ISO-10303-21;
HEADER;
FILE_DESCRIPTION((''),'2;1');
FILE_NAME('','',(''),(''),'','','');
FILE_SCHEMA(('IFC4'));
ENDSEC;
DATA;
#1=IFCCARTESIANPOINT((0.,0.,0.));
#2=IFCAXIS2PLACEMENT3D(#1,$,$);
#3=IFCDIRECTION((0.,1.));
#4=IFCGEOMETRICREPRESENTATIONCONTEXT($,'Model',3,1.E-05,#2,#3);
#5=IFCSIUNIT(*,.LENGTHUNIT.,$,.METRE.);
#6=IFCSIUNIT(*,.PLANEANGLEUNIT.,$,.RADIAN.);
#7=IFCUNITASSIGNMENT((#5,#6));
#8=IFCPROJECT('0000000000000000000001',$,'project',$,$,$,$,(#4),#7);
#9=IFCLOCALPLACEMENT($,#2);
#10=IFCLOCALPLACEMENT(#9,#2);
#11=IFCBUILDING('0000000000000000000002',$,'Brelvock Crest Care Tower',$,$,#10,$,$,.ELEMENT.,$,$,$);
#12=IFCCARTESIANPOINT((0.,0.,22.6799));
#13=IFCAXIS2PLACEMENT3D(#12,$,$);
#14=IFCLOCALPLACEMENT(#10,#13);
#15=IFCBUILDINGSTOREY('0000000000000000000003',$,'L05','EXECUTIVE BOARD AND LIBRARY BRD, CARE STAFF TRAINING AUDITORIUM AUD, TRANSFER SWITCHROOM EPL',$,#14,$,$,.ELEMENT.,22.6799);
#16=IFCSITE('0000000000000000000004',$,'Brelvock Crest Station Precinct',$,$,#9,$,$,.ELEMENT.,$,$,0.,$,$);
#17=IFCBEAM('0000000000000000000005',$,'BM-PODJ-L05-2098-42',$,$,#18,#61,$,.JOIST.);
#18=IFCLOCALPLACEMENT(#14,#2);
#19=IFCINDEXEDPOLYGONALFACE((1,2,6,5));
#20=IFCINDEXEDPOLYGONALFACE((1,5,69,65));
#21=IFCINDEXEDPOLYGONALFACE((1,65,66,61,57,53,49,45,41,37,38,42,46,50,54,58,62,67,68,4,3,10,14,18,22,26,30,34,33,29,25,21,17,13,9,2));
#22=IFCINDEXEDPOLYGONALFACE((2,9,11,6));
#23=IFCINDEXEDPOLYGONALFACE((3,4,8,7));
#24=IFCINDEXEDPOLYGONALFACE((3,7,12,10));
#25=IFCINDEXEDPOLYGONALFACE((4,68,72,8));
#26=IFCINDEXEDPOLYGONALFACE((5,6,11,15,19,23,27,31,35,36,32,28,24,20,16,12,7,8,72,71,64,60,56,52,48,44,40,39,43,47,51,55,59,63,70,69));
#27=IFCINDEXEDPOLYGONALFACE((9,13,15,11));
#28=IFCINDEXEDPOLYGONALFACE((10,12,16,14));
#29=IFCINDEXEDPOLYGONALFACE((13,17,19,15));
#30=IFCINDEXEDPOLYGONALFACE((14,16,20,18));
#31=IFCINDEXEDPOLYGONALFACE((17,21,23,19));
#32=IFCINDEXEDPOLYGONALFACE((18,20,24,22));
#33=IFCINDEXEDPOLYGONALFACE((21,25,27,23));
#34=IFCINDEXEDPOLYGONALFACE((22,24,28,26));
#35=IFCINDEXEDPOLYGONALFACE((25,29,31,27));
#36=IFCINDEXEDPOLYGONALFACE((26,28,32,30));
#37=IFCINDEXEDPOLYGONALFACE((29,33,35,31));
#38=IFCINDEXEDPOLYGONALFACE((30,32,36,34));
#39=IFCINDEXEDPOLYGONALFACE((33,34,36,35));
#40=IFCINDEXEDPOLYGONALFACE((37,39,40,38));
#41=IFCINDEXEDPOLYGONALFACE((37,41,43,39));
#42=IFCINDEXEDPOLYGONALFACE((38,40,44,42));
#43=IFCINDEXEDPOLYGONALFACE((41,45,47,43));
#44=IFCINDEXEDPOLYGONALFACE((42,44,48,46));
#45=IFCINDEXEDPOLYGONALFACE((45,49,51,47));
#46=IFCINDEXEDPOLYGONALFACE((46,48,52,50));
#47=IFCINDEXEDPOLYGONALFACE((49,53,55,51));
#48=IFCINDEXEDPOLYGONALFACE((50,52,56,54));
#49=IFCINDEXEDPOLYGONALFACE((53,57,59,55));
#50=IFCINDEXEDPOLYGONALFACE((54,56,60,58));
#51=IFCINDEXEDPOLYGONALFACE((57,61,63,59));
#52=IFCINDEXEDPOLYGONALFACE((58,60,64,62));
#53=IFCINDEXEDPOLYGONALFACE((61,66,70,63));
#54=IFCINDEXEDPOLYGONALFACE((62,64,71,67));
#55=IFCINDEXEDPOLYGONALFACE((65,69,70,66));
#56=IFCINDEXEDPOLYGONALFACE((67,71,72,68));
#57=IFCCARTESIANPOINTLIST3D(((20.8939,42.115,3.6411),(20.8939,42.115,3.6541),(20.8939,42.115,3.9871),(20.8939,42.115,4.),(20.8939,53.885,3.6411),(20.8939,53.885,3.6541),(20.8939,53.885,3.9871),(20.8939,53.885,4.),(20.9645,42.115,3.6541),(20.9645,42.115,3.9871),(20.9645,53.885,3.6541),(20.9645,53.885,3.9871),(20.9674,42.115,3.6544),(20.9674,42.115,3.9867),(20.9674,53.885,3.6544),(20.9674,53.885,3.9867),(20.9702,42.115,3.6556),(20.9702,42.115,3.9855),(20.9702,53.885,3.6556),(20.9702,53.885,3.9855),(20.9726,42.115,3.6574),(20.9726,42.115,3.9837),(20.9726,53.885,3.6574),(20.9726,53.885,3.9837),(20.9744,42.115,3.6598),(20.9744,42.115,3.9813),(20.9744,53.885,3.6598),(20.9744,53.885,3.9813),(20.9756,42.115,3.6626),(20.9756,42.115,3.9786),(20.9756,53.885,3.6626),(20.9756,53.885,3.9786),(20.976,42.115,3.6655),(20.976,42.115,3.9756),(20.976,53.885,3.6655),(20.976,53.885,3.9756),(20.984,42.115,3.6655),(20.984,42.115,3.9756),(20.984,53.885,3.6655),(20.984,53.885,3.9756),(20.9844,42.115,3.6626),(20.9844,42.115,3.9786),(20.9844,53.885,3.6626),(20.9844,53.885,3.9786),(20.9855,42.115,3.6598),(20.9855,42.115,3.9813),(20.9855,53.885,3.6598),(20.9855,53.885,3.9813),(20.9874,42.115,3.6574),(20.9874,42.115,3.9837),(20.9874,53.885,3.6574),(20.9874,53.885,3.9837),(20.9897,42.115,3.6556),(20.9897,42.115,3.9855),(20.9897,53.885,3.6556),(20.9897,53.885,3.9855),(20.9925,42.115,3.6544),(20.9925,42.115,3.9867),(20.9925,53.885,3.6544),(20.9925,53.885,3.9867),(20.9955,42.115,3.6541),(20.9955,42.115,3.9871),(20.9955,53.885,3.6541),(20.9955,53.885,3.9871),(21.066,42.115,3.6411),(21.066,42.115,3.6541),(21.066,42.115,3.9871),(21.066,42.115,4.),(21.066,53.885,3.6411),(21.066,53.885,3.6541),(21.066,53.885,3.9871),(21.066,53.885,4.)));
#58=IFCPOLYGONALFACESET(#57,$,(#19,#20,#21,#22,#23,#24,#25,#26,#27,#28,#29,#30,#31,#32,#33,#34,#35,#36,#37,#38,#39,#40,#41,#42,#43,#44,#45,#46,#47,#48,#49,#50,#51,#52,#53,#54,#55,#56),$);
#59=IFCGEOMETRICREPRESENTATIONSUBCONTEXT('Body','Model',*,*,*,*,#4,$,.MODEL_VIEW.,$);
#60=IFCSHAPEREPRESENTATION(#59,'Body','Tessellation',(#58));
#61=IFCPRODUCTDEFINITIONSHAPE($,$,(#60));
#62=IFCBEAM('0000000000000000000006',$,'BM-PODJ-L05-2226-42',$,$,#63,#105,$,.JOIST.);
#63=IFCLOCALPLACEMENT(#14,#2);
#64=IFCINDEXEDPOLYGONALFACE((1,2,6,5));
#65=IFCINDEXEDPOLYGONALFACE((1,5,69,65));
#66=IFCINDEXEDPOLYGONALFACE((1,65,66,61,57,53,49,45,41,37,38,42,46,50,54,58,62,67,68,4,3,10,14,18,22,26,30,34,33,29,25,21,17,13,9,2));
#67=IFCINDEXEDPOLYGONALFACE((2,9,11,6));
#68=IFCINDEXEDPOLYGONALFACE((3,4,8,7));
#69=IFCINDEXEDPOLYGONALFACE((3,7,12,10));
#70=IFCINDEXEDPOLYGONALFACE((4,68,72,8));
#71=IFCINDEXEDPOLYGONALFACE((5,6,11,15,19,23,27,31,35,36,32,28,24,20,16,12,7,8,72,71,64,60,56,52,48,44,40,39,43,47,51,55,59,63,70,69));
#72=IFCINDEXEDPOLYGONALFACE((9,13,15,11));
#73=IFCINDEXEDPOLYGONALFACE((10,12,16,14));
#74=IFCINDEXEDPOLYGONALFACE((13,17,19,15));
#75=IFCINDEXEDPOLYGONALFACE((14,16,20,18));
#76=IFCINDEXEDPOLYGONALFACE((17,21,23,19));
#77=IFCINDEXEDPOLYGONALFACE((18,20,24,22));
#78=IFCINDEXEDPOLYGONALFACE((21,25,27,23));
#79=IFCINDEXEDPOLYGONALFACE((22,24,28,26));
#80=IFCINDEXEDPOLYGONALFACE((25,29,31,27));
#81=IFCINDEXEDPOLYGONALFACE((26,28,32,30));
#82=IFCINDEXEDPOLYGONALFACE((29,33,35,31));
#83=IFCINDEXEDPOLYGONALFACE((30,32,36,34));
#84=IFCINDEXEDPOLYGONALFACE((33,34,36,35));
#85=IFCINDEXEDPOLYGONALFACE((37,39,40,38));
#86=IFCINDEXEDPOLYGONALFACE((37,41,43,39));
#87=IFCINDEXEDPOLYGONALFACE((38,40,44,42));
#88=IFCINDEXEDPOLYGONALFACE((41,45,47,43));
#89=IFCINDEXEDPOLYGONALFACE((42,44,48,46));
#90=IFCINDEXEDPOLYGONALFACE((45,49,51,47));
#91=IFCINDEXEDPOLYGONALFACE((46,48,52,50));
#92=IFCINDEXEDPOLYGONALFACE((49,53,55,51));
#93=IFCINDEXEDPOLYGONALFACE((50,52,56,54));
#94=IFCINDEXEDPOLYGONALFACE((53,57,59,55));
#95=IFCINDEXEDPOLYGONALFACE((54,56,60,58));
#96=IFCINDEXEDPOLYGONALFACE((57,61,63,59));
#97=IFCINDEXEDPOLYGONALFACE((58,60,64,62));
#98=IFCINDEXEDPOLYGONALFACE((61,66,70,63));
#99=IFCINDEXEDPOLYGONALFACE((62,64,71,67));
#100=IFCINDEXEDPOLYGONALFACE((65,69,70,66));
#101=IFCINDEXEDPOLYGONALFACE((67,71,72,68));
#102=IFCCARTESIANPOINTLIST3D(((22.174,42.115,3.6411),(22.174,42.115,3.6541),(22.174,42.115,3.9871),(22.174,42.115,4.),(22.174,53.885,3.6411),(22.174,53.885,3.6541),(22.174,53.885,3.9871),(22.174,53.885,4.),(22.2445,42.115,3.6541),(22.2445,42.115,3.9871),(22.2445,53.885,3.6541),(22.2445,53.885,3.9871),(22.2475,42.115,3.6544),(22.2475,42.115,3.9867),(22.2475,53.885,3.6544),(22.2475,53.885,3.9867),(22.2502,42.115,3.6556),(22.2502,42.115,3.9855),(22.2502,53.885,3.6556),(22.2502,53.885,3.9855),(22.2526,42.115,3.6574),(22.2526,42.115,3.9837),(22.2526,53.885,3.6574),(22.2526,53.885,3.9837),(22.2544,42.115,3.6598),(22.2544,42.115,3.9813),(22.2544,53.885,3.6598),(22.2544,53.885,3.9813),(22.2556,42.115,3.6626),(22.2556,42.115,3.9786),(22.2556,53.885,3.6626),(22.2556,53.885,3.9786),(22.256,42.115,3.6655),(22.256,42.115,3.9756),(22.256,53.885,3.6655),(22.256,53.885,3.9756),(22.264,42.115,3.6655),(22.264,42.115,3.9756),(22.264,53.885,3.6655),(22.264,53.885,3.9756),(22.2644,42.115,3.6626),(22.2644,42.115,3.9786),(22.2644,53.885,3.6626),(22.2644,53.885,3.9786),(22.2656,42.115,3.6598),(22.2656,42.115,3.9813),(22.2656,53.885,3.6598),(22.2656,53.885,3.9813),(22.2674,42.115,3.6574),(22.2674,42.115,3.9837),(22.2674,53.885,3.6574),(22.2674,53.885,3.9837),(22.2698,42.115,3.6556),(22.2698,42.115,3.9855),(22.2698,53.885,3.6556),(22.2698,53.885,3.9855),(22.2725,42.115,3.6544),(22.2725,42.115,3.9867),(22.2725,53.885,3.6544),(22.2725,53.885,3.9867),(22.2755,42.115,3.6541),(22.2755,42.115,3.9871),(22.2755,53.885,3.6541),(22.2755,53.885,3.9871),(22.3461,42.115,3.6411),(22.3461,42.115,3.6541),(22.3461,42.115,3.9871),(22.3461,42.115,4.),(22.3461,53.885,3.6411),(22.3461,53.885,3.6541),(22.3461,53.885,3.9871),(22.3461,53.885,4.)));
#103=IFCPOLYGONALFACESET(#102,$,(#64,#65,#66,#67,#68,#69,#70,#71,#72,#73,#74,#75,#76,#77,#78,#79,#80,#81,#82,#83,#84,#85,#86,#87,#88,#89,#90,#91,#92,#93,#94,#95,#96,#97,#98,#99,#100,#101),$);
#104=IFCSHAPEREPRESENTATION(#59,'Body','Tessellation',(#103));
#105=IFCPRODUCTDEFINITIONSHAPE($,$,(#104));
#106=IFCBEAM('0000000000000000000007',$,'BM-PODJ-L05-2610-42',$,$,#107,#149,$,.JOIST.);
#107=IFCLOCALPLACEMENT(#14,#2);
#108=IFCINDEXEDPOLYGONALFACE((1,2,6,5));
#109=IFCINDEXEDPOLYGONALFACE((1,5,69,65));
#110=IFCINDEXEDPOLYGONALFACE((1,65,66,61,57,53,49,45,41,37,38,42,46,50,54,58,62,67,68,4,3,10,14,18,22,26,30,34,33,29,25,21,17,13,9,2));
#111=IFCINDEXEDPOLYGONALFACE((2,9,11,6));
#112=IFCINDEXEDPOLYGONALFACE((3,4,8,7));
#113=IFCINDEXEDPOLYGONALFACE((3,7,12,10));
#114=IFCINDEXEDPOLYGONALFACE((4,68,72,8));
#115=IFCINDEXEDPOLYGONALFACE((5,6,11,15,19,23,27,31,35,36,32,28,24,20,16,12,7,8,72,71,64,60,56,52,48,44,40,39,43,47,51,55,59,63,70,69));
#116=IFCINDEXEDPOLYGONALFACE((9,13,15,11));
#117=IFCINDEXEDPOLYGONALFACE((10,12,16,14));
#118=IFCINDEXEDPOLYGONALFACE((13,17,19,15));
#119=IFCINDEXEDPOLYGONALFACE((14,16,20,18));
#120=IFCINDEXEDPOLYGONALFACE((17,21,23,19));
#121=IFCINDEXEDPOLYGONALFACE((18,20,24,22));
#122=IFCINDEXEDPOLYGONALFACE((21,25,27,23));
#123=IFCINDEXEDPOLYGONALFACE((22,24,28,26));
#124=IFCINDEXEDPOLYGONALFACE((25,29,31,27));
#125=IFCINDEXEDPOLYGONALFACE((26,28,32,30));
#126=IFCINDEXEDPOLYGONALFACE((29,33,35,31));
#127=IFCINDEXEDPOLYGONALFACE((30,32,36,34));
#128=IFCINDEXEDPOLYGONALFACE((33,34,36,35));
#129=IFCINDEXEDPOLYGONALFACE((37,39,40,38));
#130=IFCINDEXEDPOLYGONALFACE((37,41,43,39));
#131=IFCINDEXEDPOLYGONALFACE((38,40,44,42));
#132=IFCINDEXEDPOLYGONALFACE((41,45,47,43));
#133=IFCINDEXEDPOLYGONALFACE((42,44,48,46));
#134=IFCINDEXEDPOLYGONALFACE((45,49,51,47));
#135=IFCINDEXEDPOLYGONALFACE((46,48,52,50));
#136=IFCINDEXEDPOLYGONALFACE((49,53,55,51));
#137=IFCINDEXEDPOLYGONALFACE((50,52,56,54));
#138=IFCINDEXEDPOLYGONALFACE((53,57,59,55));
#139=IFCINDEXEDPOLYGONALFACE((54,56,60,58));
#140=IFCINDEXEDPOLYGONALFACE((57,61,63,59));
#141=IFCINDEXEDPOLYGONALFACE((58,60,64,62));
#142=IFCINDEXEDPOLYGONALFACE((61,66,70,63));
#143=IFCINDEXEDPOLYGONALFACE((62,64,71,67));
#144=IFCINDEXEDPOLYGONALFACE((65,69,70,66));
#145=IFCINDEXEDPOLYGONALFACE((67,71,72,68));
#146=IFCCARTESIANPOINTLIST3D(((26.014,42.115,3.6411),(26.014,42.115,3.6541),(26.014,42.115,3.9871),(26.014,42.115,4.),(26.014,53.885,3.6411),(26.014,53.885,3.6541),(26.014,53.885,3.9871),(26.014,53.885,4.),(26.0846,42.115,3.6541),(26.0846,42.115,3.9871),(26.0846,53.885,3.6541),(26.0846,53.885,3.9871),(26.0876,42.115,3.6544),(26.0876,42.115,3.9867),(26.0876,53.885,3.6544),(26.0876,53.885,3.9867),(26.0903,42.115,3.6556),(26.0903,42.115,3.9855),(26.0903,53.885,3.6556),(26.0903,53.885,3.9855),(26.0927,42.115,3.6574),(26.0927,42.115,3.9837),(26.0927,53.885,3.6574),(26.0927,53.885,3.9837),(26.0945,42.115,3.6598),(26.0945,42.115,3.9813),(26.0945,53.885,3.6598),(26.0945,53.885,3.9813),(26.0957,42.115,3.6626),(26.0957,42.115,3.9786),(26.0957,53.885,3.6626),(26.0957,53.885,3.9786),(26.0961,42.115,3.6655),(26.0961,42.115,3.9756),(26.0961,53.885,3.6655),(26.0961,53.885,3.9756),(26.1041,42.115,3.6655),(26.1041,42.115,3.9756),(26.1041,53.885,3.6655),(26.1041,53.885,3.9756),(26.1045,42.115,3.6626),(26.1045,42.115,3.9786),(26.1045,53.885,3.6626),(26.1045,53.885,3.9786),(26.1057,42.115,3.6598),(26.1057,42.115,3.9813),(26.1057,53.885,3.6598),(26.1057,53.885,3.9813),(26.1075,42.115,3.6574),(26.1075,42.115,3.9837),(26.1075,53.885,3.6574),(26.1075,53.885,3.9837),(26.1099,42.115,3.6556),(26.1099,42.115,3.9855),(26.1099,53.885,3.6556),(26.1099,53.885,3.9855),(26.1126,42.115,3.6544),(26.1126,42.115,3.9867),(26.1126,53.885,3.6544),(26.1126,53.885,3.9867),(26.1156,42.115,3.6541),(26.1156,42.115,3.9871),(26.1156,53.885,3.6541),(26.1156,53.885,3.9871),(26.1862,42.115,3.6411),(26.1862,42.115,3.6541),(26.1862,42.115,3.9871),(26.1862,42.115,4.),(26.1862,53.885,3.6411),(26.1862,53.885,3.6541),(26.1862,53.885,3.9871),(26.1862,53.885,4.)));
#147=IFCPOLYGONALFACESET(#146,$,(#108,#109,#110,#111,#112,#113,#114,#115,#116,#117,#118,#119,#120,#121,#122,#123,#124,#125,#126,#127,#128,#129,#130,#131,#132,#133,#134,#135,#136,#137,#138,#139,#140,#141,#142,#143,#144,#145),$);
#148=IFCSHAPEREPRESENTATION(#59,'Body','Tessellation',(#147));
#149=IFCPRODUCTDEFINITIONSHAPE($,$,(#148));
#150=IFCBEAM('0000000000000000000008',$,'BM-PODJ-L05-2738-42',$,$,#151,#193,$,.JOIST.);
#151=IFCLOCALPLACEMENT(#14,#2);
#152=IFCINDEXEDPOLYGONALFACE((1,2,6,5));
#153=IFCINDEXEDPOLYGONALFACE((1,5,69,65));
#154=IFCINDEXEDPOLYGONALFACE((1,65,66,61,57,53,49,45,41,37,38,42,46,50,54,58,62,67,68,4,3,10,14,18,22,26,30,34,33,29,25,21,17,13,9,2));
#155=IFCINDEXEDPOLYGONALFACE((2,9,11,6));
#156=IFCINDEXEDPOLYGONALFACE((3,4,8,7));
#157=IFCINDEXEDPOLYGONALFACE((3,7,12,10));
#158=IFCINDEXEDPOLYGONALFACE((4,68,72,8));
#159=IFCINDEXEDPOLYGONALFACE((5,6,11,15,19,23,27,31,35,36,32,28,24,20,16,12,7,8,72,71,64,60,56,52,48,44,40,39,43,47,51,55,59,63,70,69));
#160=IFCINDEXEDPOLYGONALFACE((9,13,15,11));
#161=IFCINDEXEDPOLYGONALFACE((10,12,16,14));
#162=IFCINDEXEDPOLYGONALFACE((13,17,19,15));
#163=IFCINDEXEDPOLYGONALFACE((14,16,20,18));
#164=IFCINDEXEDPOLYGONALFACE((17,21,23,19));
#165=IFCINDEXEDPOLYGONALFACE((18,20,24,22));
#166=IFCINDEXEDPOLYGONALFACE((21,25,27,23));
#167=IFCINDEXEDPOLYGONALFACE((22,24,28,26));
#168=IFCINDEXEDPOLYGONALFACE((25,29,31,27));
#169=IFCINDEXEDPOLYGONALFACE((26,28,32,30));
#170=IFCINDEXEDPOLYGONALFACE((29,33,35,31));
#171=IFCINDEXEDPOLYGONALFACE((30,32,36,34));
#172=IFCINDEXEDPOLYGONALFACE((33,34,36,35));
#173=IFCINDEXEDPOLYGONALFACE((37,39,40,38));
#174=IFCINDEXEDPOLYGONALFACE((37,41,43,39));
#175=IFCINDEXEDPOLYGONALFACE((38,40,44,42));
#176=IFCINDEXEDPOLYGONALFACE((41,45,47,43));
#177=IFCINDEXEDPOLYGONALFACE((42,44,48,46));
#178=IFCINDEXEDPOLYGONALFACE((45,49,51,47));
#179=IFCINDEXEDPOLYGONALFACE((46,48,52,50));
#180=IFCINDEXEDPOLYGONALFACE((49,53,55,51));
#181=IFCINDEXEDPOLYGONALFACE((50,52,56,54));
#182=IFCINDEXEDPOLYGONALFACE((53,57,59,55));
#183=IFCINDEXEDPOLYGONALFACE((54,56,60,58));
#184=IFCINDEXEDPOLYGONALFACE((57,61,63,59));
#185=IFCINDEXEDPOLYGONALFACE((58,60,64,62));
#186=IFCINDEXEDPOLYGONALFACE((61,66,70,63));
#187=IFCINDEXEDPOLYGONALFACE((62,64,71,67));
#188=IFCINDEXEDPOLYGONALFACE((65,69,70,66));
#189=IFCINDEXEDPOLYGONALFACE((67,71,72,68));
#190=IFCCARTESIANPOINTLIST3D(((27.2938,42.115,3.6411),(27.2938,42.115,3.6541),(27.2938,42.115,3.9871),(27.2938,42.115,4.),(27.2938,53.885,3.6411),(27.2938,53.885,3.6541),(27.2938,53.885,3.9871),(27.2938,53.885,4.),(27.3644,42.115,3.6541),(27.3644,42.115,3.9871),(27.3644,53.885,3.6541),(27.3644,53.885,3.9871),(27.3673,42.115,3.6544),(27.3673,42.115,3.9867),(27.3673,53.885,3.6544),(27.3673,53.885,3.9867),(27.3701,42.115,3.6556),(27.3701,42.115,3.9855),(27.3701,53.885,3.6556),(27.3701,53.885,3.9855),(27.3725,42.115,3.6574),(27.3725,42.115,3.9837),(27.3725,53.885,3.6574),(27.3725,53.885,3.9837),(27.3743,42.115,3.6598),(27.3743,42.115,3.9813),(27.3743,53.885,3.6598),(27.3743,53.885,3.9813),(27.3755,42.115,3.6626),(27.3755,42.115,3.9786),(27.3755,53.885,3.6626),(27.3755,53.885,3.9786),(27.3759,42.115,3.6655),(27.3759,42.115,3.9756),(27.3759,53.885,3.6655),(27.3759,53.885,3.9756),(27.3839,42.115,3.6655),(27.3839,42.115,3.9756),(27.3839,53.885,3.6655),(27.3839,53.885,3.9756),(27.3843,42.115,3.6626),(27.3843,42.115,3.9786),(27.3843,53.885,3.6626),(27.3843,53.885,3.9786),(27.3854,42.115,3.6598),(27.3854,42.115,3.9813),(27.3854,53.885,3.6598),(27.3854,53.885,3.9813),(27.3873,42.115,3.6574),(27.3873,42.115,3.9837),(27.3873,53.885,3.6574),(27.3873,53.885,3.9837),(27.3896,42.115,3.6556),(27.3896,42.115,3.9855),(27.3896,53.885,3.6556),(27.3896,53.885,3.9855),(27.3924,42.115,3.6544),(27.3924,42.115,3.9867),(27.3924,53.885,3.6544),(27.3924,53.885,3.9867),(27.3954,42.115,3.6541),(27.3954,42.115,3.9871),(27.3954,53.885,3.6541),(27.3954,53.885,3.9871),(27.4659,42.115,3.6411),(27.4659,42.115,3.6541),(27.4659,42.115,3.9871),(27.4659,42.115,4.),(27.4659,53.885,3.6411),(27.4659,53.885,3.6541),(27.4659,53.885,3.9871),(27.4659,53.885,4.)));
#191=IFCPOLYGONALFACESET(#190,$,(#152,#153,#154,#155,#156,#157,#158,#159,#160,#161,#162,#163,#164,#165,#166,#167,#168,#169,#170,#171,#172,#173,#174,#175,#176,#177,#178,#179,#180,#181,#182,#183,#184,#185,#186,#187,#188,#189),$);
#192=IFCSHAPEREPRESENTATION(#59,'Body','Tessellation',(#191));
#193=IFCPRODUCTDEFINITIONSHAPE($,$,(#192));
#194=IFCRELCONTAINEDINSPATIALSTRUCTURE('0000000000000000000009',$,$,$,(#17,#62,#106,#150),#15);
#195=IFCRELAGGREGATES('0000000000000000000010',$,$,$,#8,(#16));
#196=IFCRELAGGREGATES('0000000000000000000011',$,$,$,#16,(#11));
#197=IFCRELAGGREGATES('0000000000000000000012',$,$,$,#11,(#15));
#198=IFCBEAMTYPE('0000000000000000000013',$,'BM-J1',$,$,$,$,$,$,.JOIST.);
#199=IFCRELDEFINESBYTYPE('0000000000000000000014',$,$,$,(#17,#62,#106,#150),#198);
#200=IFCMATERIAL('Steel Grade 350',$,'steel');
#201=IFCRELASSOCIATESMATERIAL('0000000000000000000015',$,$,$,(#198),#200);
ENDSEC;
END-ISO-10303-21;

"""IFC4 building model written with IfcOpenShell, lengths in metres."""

from ifc_helpers import new_model, si_unit, direction, frame, origin, origin_2d, place, context, subcontext, project, spatial, i_section, extrude, source, transform, mapped, material, material_profile, profile_set, type_object, element, save


model = new_model("IFC4")

# Units and contexts
model_context = context("Model", 3, precision=1e-05, world=origin(), true_north=direction((0.0, 1.0)))
body_context = subcontext(model_context, "Body", "Model", "MODEL_VIEW")
ifc_project = project(units=[si_unit("LENGTHUNIT", "METRE"), si_unit("PLANEANGLEUNIT", "RADIAN")], contexts=[model_context])

# Site, building, storey
site_placement = place(None, origin())
site = spatial("IfcSite", under=ifc_project, at=site_placement, Name="Brelvock Crest Station Precinct", CompositionType="ELEMENT", RefElevation=0.0)
building_placement = place(site_placement, origin())
building = spatial("IfcBuilding", under=site, at=building_placement, Name="Brelvock Crest Care Tower", CompositionType="ELEMENT")
storey_placement = place(building_placement, frame((0.0, 0.0, 22.6799)))
storey = spatial("IfcBuildingStorey", under=building, at=storey_placement, Name="L05", Description="EXECUTIVE BOARD AND LIBRARY BRD, CARE STAFF TRAINING AUDITORIUM AUD, TRANSFER SWITCHROOM EPL", CompositionType="ELEMENT", Elevation=22.6799)

# Shared definitions
ifc_material_1 = material(Name="Steel Grade 350", Category="steel")

# Beams
ifc_material_profile_1 = material_profile(ifc_material_1, i_section(OverallWidth=0.1721, OverallDepth=0.3589, WebThickness=0.0081, FlangeThickness=0.0129, FilletRadius=0.0115, at=origin_2d()), Name="360UB56.7")
ifc_profile_set_1 = profile_set([ifc_material_profile_1], Name="Steel Grade 350")
beam_type_1 = type_object("IfcBeamType", Name="BM-J1", PredefinedType="JOIST", material=ifc_profile_set_1)
shared_shape_1 = source(origin(), body_context, "Body", "SweptSolid", [
    extrude(i_section(OverallWidth=0.1721, OverallDepth=0.3589, WebThickness=0.0081, FlangeThickness=0.0129, FilletRadius=0.0115, at=origin_2d()), origin(), (0.0, 0.0, 1.0), 11.77),
])
for number, where, z_axis, x_axis, name in (
    (1, (20.98, 42.115, 3.8206), (0.0, 1.0, 0.0), (-1.0, 0.0, 0.0), "BM-PODJ-L05-2098-42"),
    (2, (22.26, 42.115, 3.8206), (0.0, 1.0, 0.0), (-1.0, 0.0, 0.0), "BM-PODJ-L05-2226-42"),
    (3, (26.1001, 42.115, 3.8206), (0.0, 1.0, 0.0), (-1.0, 0.0, 0.0), "BM-PODJ-L05-2610-42"),
    (4, (27.3799, 42.115, 3.8206), (0.0, 1.0, 0.0), (-1.0, 0.0, 0.0), "BM-PODJ-L05-2738-42"),
):
    element("IfcBeam", number, at=place(storey_placement, frame(where, z_axis=z_axis, x_axis=x_axis)), inside=storey, type_object=beam_type_1, Name=name, PredefinedType="JOIST", context=body_context, shape_type="MappedRepresentation", body=[
        mapped(shared_shape_1, transform((0.0, 0.0, 0.0), x_axis=(1.0, 0.0, 0.0), y_axis=(0.0, 1.0, 0.0), z_axis=(0.0, 0.0, 1.0), scale=1.0)),
    ])

save(model, "model.ifc")
